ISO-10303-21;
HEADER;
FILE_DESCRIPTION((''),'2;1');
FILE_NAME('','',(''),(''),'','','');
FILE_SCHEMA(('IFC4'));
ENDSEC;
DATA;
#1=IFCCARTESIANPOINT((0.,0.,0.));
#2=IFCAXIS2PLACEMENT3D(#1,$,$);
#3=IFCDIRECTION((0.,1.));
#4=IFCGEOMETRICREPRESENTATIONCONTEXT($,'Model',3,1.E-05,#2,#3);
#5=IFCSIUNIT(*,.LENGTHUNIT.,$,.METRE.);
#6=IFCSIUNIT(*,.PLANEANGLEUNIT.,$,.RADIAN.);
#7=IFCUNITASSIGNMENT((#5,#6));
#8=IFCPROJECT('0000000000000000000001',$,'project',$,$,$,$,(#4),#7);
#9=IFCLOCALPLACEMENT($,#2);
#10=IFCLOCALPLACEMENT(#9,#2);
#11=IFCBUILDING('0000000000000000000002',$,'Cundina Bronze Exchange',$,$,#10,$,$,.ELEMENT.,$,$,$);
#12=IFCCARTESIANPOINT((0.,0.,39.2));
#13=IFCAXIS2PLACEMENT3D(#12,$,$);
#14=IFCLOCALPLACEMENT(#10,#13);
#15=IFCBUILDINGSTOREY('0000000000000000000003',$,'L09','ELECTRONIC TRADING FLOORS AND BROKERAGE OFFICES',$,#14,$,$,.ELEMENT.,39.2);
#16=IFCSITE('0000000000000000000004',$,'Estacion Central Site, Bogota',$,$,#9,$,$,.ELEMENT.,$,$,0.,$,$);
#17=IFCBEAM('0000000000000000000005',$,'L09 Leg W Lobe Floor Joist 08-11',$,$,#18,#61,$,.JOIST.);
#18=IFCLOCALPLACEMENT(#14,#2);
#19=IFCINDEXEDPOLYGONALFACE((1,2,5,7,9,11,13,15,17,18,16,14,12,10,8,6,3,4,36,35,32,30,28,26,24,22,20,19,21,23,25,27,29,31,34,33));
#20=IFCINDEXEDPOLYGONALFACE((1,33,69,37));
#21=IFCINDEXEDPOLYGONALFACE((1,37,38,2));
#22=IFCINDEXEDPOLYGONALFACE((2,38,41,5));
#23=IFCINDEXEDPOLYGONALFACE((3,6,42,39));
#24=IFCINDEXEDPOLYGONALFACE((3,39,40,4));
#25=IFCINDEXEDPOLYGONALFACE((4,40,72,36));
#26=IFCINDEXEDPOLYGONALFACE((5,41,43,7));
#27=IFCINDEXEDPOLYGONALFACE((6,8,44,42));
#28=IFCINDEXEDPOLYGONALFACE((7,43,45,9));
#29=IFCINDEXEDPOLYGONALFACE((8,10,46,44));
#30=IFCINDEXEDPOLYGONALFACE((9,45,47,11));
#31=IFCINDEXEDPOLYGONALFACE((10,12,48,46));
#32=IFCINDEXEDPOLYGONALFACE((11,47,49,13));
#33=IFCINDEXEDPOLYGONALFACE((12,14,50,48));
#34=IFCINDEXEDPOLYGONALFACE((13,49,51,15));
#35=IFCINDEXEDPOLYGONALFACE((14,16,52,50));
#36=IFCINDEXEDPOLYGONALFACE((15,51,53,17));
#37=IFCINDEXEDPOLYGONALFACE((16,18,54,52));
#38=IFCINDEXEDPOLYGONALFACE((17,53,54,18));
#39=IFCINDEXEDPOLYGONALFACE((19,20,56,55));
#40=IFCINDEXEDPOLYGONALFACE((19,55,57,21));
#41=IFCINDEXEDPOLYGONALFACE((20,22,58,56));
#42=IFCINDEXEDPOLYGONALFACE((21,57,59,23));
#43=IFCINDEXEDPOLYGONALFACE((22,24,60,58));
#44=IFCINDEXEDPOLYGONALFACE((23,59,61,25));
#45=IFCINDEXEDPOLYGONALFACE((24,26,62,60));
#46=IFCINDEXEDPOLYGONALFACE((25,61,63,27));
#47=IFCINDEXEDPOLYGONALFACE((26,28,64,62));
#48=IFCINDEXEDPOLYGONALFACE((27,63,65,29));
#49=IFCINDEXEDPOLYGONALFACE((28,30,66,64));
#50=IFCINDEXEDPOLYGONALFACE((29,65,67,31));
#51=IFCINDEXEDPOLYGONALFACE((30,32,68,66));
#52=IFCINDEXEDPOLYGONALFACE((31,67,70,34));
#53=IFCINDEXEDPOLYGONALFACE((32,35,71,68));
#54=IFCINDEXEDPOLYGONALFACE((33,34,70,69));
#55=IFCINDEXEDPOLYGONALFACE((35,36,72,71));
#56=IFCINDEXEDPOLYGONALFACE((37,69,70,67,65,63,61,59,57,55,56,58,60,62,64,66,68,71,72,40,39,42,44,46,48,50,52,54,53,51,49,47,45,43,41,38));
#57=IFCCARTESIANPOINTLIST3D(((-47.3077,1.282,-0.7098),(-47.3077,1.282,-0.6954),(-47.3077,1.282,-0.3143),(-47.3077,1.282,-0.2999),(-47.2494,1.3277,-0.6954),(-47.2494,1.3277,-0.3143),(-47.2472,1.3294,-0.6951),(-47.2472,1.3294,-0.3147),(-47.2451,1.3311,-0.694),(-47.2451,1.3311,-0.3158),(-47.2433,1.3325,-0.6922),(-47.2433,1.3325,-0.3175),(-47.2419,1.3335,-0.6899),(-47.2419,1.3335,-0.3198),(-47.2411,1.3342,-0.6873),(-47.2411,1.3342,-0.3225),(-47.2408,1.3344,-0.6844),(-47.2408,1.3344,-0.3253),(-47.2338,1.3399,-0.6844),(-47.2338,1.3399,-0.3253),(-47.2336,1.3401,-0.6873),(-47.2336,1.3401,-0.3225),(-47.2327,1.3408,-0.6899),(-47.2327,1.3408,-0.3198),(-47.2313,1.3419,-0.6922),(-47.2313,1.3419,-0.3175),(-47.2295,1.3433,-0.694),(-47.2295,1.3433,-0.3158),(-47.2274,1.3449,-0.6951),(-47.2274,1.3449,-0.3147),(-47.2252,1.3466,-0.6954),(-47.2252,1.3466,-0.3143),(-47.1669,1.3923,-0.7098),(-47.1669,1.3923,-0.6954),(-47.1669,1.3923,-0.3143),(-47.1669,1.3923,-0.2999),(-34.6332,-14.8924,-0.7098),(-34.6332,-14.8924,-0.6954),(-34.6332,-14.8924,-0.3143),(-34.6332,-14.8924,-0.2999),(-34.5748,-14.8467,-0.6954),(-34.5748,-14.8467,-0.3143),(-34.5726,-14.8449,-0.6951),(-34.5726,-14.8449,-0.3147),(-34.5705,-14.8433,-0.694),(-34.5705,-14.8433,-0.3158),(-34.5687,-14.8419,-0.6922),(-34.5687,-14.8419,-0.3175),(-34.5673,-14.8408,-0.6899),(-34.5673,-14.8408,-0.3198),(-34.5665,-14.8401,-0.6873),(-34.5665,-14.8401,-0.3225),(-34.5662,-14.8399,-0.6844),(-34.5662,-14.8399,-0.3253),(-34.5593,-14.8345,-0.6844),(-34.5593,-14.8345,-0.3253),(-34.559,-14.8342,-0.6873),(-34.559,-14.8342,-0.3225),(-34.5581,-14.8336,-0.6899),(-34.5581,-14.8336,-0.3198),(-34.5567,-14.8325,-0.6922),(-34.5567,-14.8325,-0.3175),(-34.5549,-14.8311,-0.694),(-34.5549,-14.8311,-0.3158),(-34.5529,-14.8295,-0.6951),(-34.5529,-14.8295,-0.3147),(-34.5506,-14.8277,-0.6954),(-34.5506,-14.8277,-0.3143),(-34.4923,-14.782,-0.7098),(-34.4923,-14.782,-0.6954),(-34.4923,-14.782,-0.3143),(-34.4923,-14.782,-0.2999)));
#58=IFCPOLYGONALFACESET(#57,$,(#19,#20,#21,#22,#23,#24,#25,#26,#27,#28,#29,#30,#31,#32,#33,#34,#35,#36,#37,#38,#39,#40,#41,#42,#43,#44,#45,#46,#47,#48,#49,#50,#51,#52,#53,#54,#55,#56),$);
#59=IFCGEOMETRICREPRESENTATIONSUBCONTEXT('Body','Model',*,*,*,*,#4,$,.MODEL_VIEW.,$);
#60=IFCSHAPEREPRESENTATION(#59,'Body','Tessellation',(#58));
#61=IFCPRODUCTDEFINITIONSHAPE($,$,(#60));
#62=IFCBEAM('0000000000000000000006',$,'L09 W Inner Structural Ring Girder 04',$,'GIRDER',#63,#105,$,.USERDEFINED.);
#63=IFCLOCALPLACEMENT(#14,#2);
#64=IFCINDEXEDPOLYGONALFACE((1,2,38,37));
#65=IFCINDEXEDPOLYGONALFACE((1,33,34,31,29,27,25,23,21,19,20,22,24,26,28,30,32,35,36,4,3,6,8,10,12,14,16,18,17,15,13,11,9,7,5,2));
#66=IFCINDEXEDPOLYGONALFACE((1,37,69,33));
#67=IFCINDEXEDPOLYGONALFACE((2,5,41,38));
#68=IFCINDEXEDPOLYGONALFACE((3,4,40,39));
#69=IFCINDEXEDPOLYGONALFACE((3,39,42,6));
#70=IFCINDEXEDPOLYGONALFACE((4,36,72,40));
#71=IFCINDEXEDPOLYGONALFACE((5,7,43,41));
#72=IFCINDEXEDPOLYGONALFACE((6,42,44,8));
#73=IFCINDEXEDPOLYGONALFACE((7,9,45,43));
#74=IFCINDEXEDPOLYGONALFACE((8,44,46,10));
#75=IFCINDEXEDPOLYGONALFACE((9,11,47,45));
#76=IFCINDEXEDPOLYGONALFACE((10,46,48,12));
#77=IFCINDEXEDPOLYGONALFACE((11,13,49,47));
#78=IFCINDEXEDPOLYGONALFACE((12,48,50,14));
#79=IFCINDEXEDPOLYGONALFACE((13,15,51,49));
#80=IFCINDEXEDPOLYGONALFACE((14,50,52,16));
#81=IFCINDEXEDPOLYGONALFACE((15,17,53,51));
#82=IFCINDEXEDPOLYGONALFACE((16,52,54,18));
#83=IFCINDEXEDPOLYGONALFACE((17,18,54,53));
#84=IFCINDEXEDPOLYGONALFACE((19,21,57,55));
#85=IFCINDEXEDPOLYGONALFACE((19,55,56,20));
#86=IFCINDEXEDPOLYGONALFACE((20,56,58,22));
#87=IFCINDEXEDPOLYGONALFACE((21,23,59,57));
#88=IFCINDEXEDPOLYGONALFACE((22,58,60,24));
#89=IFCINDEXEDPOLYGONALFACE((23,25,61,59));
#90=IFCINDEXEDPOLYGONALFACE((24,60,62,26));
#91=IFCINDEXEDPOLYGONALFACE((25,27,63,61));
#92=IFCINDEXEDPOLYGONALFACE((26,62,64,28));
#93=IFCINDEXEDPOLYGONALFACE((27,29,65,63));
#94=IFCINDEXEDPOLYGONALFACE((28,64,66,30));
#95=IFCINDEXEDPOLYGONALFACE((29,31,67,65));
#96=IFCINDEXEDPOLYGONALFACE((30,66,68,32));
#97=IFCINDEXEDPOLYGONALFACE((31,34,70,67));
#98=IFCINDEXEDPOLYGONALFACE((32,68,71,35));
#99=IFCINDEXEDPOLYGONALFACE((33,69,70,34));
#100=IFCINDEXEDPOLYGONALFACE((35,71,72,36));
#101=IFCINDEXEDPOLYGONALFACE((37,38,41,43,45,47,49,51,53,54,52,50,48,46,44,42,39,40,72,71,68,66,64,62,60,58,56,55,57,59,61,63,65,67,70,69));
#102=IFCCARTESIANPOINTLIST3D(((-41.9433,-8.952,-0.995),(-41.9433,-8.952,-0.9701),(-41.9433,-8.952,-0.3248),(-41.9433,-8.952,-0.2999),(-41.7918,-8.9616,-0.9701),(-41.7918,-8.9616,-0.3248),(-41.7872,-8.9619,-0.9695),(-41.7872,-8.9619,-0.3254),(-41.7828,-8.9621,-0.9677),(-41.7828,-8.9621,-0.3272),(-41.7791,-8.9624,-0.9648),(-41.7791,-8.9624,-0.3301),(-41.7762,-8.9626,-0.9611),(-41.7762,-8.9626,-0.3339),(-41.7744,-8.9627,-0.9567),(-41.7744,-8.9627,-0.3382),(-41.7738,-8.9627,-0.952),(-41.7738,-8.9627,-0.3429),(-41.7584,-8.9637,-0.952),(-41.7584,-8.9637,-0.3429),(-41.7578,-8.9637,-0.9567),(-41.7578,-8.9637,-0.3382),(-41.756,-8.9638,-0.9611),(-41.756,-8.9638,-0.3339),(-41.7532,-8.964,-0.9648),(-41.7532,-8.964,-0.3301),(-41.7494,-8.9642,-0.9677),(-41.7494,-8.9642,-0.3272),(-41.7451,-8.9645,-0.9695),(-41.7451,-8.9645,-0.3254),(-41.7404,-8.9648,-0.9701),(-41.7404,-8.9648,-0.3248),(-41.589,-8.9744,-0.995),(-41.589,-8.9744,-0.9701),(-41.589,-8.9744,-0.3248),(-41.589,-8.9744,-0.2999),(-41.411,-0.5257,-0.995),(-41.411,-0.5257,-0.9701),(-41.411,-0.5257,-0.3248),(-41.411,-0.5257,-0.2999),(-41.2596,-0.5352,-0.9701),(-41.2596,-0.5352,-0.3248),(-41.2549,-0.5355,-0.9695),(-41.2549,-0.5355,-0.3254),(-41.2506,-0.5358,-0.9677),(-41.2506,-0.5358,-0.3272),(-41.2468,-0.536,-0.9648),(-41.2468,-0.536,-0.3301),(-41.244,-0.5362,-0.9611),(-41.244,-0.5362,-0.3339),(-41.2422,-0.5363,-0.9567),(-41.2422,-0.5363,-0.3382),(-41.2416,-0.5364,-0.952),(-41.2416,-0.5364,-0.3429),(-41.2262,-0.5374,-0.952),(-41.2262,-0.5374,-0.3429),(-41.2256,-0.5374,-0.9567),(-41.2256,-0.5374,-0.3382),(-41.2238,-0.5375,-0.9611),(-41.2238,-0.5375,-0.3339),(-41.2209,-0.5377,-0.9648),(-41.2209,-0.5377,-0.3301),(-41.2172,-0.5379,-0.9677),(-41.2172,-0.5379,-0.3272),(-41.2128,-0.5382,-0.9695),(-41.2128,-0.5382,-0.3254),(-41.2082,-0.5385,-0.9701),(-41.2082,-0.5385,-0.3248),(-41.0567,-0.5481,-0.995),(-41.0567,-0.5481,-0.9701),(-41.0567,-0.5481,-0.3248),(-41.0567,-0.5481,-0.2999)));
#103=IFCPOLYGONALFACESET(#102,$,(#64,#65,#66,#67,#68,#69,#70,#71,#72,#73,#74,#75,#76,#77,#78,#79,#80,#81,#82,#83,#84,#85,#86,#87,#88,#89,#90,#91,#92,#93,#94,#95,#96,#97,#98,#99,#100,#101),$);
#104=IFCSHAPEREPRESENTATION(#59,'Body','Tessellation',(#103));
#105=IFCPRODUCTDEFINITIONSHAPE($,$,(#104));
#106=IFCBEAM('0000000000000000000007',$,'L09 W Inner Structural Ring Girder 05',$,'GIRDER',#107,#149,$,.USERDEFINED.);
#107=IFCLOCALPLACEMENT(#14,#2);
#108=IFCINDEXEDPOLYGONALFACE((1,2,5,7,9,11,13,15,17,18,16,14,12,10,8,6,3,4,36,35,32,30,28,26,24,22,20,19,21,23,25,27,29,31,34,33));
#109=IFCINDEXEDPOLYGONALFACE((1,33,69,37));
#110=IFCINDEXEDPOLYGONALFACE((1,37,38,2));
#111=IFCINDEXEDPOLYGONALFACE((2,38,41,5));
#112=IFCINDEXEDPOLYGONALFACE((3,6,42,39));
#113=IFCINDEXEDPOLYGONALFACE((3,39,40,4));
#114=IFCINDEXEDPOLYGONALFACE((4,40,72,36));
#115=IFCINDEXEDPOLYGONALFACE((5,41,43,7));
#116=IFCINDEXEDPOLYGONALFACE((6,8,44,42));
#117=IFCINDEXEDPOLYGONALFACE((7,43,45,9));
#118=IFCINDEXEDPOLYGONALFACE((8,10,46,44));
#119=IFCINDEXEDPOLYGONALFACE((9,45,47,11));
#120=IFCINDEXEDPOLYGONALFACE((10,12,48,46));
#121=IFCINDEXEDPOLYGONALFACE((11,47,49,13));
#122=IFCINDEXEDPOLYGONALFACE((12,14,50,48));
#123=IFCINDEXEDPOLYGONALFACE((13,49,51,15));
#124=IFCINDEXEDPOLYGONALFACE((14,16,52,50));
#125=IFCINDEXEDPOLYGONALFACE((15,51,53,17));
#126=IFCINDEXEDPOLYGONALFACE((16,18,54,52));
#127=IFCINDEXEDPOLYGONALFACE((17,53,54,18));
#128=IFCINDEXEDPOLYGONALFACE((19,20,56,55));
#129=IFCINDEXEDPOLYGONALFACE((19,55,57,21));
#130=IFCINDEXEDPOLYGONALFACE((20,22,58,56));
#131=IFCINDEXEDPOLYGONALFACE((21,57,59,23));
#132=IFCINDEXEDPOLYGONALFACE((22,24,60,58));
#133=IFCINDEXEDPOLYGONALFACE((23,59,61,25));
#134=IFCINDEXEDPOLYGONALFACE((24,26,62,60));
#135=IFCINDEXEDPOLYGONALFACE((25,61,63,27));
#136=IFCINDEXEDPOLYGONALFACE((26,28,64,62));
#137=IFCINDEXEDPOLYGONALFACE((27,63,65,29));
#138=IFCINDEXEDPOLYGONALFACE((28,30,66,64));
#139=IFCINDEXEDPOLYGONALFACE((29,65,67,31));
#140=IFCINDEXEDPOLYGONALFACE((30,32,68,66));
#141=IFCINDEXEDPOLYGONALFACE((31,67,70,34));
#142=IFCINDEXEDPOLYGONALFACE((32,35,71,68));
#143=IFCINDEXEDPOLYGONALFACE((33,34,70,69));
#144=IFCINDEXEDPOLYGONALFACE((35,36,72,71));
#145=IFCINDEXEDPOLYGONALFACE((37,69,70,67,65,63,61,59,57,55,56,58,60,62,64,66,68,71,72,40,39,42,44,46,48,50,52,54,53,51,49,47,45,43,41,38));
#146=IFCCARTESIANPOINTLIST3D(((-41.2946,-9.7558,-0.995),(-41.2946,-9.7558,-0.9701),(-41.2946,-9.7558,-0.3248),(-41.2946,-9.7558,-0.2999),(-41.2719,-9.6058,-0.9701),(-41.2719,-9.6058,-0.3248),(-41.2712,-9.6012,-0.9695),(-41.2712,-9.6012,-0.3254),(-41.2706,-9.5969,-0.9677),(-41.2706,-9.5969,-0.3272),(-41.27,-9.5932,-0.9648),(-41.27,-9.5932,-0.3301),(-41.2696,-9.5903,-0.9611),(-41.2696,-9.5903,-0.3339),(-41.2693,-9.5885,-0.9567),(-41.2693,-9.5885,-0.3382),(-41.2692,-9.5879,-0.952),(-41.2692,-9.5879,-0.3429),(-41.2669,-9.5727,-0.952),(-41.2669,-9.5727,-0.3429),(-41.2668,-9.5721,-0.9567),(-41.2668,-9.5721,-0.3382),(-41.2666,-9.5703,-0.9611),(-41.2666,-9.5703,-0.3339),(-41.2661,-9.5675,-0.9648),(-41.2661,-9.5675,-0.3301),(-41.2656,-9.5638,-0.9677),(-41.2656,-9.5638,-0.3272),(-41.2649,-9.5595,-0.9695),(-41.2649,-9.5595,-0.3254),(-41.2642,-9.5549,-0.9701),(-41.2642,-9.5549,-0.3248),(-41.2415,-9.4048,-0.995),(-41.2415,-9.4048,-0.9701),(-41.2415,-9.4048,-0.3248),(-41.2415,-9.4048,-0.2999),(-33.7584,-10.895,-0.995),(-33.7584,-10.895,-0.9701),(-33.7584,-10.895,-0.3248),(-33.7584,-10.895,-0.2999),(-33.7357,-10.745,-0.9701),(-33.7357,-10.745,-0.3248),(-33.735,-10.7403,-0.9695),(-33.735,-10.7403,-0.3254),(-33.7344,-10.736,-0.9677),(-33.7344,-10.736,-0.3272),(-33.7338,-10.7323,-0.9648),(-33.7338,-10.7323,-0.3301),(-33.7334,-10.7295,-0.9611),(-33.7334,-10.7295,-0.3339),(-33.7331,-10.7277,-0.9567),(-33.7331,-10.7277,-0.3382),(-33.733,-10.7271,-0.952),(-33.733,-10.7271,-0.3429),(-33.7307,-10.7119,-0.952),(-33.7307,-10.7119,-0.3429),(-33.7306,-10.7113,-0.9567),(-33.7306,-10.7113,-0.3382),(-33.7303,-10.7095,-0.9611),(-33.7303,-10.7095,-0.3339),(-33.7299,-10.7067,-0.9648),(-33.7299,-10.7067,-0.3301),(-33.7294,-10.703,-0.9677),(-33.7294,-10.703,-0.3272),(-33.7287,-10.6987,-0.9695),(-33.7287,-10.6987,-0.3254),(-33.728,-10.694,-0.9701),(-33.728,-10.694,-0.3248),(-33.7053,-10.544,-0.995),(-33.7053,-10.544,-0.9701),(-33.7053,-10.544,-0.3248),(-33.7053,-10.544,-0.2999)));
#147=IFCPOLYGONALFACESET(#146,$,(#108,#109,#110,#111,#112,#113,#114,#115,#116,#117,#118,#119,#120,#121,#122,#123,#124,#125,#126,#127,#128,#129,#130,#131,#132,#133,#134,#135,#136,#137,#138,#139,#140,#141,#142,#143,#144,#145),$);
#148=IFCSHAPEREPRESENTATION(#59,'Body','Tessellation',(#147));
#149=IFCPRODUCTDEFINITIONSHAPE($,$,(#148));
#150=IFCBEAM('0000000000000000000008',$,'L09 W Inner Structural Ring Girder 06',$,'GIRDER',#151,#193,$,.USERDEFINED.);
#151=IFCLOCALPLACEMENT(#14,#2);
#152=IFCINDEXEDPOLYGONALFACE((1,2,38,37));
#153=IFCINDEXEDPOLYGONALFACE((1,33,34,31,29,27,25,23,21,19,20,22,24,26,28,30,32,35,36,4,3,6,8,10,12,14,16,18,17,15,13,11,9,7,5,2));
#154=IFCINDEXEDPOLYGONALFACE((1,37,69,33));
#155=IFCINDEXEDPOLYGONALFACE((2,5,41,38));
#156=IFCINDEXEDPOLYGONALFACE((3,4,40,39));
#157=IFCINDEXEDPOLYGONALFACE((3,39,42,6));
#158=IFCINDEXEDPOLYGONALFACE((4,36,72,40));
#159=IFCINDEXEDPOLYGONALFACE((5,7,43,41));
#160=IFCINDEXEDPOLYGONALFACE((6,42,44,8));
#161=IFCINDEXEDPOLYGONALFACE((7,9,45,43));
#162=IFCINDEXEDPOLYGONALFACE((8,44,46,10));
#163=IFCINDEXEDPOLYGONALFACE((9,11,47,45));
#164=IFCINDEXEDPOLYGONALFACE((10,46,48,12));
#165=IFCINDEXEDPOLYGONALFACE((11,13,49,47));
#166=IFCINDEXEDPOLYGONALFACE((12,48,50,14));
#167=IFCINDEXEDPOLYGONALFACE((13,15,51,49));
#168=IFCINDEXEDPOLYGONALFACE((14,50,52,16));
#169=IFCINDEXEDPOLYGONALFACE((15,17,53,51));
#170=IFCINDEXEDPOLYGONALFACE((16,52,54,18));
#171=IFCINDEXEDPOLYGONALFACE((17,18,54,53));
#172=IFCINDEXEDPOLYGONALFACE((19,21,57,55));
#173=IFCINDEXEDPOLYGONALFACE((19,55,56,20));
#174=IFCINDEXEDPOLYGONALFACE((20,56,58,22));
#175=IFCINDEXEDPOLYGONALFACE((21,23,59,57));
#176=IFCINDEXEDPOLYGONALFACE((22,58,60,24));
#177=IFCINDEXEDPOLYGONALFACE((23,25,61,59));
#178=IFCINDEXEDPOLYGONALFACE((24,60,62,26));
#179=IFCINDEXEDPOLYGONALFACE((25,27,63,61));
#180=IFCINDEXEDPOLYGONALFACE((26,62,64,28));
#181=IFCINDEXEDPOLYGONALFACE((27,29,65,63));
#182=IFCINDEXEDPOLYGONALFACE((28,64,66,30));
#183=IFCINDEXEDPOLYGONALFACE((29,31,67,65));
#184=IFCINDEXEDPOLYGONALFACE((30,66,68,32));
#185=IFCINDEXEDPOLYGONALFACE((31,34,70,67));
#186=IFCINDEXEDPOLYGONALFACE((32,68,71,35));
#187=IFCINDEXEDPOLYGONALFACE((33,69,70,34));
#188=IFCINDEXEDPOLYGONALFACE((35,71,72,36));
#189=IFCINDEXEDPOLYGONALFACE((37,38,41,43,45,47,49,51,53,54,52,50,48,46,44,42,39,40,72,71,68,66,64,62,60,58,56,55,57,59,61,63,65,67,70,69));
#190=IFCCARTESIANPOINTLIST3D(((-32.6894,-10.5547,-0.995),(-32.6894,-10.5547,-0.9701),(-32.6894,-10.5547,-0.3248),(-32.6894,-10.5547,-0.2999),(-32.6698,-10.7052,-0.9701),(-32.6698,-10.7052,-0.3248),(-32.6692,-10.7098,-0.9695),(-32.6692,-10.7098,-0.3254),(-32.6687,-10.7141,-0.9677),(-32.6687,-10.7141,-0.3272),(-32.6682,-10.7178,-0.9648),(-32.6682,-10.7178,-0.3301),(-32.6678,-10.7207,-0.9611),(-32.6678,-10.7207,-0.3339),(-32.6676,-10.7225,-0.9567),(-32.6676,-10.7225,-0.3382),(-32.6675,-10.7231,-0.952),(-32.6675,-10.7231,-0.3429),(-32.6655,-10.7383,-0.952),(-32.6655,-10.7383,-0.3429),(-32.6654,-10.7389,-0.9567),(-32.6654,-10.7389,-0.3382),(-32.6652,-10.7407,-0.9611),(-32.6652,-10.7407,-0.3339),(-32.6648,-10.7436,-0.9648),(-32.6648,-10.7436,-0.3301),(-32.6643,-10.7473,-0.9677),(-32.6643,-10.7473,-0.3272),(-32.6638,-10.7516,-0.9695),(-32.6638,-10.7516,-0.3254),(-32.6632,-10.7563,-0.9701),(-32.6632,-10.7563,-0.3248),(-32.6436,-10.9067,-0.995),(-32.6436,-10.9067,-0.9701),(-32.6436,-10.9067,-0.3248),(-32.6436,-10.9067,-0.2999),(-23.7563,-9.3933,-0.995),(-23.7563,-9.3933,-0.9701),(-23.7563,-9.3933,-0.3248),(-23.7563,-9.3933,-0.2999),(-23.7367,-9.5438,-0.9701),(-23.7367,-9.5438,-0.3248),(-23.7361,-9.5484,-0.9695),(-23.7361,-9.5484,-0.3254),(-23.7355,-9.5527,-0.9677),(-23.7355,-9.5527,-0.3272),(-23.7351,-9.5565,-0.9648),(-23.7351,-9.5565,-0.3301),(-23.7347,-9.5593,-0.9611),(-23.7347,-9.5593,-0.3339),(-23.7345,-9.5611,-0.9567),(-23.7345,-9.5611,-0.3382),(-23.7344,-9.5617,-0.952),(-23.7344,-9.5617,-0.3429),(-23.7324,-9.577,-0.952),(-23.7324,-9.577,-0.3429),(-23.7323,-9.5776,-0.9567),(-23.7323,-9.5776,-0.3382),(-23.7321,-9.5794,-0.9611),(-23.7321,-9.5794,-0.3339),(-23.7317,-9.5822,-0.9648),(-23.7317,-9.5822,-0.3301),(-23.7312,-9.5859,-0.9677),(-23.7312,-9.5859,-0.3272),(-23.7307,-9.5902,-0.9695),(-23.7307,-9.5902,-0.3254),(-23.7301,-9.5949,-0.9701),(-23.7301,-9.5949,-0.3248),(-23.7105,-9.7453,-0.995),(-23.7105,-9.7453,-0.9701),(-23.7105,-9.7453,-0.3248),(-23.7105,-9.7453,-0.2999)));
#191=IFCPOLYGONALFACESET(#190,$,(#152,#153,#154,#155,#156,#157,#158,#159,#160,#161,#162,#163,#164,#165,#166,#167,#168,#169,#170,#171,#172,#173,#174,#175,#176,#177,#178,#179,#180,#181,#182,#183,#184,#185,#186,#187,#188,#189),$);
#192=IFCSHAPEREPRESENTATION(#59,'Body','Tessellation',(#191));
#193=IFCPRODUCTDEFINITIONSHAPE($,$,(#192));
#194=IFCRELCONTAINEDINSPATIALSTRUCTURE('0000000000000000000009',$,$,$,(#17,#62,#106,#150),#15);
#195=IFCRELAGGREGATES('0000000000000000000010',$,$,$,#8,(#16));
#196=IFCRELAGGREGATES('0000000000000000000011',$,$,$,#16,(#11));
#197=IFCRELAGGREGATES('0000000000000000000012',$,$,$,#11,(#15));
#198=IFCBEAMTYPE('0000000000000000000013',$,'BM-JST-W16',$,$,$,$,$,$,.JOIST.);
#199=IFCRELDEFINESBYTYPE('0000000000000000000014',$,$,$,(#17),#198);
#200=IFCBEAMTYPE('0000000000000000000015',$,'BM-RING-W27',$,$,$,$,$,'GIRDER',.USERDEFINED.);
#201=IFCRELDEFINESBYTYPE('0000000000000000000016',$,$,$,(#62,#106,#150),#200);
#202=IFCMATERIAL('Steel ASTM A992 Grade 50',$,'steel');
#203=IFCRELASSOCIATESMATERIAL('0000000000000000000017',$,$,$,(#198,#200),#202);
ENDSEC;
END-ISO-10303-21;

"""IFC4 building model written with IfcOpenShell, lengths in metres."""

from ifc_helpers import new_model, si_unit, direction, frame, origin, origin_2d, place, context, subcontext, project, spatial, i_section, extrude, material, material_profile, profile_set, type_object, element, save


model = new_model("IFC4")

# Units and contexts
model_context = context("Model", 3, precision=1e-05, world=origin(), true_north=direction((0.0, 1.0)))
body_context = subcontext(model_context, "Body", "Model", "MODEL_VIEW")
ifc_project = project(units=[si_unit("LENGTHUNIT", "METRE"), si_unit("PLANEANGLEUNIT", "RADIAN")], contexts=[model_context])

# Site, building, storey
site_placement = place(None, origin())
site = spatial("IfcSite", under=ifc_project, at=site_placement, Name="Estacion Central Site, Bogota", CompositionType="ELEMENT", RefElevation=0.0)
building_placement = place(site_placement, origin())
building = spatial("IfcBuilding", under=site, at=building_placement, Name="Cundina Bronze Exchange", CompositionType="ELEMENT")
storey_placement = place(building_placement, frame((0.0, 0.0, 39.2)))
storey = spatial("IfcBuildingStorey", under=building, at=storey_placement, Name="L09", Description="ELECTRONIC TRADING FLOORS AND BROKERAGE OFFICES", CompositionType="ELEMENT", Elevation=39.2)

# Beams
ifc_material_1 = material(Name="Steel ASTM A992 Grade 50", Category="steel")
ifc_material_profile_1 = material_profile(ifc_material_1, i_section(OverallWidth=0.179, OverallDepth=0.4099, WebThickness=0.0088, FlangeThickness=0.0144, FilletRadius=0.011, at=origin_2d()), Name="W16X45", Category="steel")
ifc_profile_set_1 = profile_set([ifc_material_profile_1], Name="Steel ASTM A992 Grade 50")
beam_type_1 = type_object("IfcBeamType", Name="BM-JST-W16", PredefinedType="JOIST", material=ifc_profile_set_1)
beam_1_placement = place(storey_placement, frame((-47.2373, 1.3372, -0.5049), z_axis=(0.616803, -0.787117, 0.0), x_axis=(0.787117, 0.616803, 0.0)))
element("IfcBeam", 1, at=beam_1_placement, inside=storey, type_object=beam_type_1, Name="L09 Leg W Lobe Floor Joist 08-11", PredefinedType="JOIST", context=body_context, shape_type="SweptSolid", body=[
    extrude(i_section(OverallWidth=0.179, OverallDepth=0.4099, WebThickness=0.0088, FlangeThickness=0.0144, FilletRadius=0.011, at=origin_2d()), origin(), (0.0, 0.0, 1.0), 20.5488),
])
ifc_material_profile_2 = material_profile(ifc_material_1, i_section(OverallWidth=0.355, OverallDepth=0.6951, WebThickness=0.0154, FlangeThickness=0.0249, FilletRadius=0.0181, at=origin_2d()), Name="W27X146", Category="steel")
ifc_profile_set_2 = profile_set([ifc_material_profile_2], Name="Steel ASTM A992 Grade 50")
beam_type_2 = type_object("IfcBeamType", Name="BM-RING-W27", ElementType="GIRDER", PredefinedType="USERDEFINED", material=ifc_profile_set_2)
beam_2_placement = place(storey_placement, frame((-41.2339, -0.5369, -0.6475), z_axis=(-0.063037, -0.998011, 0.0), x_axis=(0.998011, -0.063037, 0.0)))
element("IfcBeam", 2, at=beam_2_placement, inside=storey, type_object=beam_type_2, Name="L09 W Inner Structural Ring Girder 04", ObjectType="GIRDER", PredefinedType="USERDEFINED", context=body_context, shape_type="SweptSolid", body=[
    extrude(i_section(OverallWidth=0.355, OverallDepth=0.6951, WebThickness=0.0154, FlangeThickness=0.0249, FilletRadius=0.0181, at=origin_2d()), origin(), (0.0, 0.0, 1.0), 8.4431),
])
beam_3_placement = place(storey_placement, frame((-41.2681, -9.5803, -0.6475), z_axis=(0.988767, -0.149462, 0.0), x_axis=(0.149462, 0.988767, 0.0)))
element("IfcBeam", 3, at=beam_3_placement, inside=storey, type_object=beam_type_2, Name="L09 W Inner Structural Ring Girder 05", ObjectType="GIRDER", PredefinedType="USERDEFINED", context=body_context, shape_type="SweptSolid", body=[
    extrude(i_section(OverallWidth=0.355, OverallDepth=0.6951, WebThickness=0.0154, FlangeThickness=0.0249, FilletRadius=0.0181, at=origin_2d()), origin(), (0.0, 0.0, 1.0), 7.6218),
])
beam_4_placement = place(storey_placement, frame((-32.6665, -10.7307, -0.6475), z_axis=(0.991655, 0.128923, 0.0), x_axis=(-0.128923, 0.991655, 0.0)))
element("IfcBeam", 4, at=beam_4_placement, inside=storey, type_object=beam_type_2, Name="L09 W Inner Structural Ring Girder 06", ObjectType="GIRDER", PredefinedType="USERDEFINED", context=body_context, shape_type="SweptSolid", body=[
    extrude(i_section(OverallWidth=0.355, OverallDepth=0.6951, WebThickness=0.0154, FlangeThickness=0.0249, FilletRadius=0.0181, at=origin_2d()), origin(), (0.0, 0.0, 1.0), 9.0083),
])

save(model, "model.ifc")
